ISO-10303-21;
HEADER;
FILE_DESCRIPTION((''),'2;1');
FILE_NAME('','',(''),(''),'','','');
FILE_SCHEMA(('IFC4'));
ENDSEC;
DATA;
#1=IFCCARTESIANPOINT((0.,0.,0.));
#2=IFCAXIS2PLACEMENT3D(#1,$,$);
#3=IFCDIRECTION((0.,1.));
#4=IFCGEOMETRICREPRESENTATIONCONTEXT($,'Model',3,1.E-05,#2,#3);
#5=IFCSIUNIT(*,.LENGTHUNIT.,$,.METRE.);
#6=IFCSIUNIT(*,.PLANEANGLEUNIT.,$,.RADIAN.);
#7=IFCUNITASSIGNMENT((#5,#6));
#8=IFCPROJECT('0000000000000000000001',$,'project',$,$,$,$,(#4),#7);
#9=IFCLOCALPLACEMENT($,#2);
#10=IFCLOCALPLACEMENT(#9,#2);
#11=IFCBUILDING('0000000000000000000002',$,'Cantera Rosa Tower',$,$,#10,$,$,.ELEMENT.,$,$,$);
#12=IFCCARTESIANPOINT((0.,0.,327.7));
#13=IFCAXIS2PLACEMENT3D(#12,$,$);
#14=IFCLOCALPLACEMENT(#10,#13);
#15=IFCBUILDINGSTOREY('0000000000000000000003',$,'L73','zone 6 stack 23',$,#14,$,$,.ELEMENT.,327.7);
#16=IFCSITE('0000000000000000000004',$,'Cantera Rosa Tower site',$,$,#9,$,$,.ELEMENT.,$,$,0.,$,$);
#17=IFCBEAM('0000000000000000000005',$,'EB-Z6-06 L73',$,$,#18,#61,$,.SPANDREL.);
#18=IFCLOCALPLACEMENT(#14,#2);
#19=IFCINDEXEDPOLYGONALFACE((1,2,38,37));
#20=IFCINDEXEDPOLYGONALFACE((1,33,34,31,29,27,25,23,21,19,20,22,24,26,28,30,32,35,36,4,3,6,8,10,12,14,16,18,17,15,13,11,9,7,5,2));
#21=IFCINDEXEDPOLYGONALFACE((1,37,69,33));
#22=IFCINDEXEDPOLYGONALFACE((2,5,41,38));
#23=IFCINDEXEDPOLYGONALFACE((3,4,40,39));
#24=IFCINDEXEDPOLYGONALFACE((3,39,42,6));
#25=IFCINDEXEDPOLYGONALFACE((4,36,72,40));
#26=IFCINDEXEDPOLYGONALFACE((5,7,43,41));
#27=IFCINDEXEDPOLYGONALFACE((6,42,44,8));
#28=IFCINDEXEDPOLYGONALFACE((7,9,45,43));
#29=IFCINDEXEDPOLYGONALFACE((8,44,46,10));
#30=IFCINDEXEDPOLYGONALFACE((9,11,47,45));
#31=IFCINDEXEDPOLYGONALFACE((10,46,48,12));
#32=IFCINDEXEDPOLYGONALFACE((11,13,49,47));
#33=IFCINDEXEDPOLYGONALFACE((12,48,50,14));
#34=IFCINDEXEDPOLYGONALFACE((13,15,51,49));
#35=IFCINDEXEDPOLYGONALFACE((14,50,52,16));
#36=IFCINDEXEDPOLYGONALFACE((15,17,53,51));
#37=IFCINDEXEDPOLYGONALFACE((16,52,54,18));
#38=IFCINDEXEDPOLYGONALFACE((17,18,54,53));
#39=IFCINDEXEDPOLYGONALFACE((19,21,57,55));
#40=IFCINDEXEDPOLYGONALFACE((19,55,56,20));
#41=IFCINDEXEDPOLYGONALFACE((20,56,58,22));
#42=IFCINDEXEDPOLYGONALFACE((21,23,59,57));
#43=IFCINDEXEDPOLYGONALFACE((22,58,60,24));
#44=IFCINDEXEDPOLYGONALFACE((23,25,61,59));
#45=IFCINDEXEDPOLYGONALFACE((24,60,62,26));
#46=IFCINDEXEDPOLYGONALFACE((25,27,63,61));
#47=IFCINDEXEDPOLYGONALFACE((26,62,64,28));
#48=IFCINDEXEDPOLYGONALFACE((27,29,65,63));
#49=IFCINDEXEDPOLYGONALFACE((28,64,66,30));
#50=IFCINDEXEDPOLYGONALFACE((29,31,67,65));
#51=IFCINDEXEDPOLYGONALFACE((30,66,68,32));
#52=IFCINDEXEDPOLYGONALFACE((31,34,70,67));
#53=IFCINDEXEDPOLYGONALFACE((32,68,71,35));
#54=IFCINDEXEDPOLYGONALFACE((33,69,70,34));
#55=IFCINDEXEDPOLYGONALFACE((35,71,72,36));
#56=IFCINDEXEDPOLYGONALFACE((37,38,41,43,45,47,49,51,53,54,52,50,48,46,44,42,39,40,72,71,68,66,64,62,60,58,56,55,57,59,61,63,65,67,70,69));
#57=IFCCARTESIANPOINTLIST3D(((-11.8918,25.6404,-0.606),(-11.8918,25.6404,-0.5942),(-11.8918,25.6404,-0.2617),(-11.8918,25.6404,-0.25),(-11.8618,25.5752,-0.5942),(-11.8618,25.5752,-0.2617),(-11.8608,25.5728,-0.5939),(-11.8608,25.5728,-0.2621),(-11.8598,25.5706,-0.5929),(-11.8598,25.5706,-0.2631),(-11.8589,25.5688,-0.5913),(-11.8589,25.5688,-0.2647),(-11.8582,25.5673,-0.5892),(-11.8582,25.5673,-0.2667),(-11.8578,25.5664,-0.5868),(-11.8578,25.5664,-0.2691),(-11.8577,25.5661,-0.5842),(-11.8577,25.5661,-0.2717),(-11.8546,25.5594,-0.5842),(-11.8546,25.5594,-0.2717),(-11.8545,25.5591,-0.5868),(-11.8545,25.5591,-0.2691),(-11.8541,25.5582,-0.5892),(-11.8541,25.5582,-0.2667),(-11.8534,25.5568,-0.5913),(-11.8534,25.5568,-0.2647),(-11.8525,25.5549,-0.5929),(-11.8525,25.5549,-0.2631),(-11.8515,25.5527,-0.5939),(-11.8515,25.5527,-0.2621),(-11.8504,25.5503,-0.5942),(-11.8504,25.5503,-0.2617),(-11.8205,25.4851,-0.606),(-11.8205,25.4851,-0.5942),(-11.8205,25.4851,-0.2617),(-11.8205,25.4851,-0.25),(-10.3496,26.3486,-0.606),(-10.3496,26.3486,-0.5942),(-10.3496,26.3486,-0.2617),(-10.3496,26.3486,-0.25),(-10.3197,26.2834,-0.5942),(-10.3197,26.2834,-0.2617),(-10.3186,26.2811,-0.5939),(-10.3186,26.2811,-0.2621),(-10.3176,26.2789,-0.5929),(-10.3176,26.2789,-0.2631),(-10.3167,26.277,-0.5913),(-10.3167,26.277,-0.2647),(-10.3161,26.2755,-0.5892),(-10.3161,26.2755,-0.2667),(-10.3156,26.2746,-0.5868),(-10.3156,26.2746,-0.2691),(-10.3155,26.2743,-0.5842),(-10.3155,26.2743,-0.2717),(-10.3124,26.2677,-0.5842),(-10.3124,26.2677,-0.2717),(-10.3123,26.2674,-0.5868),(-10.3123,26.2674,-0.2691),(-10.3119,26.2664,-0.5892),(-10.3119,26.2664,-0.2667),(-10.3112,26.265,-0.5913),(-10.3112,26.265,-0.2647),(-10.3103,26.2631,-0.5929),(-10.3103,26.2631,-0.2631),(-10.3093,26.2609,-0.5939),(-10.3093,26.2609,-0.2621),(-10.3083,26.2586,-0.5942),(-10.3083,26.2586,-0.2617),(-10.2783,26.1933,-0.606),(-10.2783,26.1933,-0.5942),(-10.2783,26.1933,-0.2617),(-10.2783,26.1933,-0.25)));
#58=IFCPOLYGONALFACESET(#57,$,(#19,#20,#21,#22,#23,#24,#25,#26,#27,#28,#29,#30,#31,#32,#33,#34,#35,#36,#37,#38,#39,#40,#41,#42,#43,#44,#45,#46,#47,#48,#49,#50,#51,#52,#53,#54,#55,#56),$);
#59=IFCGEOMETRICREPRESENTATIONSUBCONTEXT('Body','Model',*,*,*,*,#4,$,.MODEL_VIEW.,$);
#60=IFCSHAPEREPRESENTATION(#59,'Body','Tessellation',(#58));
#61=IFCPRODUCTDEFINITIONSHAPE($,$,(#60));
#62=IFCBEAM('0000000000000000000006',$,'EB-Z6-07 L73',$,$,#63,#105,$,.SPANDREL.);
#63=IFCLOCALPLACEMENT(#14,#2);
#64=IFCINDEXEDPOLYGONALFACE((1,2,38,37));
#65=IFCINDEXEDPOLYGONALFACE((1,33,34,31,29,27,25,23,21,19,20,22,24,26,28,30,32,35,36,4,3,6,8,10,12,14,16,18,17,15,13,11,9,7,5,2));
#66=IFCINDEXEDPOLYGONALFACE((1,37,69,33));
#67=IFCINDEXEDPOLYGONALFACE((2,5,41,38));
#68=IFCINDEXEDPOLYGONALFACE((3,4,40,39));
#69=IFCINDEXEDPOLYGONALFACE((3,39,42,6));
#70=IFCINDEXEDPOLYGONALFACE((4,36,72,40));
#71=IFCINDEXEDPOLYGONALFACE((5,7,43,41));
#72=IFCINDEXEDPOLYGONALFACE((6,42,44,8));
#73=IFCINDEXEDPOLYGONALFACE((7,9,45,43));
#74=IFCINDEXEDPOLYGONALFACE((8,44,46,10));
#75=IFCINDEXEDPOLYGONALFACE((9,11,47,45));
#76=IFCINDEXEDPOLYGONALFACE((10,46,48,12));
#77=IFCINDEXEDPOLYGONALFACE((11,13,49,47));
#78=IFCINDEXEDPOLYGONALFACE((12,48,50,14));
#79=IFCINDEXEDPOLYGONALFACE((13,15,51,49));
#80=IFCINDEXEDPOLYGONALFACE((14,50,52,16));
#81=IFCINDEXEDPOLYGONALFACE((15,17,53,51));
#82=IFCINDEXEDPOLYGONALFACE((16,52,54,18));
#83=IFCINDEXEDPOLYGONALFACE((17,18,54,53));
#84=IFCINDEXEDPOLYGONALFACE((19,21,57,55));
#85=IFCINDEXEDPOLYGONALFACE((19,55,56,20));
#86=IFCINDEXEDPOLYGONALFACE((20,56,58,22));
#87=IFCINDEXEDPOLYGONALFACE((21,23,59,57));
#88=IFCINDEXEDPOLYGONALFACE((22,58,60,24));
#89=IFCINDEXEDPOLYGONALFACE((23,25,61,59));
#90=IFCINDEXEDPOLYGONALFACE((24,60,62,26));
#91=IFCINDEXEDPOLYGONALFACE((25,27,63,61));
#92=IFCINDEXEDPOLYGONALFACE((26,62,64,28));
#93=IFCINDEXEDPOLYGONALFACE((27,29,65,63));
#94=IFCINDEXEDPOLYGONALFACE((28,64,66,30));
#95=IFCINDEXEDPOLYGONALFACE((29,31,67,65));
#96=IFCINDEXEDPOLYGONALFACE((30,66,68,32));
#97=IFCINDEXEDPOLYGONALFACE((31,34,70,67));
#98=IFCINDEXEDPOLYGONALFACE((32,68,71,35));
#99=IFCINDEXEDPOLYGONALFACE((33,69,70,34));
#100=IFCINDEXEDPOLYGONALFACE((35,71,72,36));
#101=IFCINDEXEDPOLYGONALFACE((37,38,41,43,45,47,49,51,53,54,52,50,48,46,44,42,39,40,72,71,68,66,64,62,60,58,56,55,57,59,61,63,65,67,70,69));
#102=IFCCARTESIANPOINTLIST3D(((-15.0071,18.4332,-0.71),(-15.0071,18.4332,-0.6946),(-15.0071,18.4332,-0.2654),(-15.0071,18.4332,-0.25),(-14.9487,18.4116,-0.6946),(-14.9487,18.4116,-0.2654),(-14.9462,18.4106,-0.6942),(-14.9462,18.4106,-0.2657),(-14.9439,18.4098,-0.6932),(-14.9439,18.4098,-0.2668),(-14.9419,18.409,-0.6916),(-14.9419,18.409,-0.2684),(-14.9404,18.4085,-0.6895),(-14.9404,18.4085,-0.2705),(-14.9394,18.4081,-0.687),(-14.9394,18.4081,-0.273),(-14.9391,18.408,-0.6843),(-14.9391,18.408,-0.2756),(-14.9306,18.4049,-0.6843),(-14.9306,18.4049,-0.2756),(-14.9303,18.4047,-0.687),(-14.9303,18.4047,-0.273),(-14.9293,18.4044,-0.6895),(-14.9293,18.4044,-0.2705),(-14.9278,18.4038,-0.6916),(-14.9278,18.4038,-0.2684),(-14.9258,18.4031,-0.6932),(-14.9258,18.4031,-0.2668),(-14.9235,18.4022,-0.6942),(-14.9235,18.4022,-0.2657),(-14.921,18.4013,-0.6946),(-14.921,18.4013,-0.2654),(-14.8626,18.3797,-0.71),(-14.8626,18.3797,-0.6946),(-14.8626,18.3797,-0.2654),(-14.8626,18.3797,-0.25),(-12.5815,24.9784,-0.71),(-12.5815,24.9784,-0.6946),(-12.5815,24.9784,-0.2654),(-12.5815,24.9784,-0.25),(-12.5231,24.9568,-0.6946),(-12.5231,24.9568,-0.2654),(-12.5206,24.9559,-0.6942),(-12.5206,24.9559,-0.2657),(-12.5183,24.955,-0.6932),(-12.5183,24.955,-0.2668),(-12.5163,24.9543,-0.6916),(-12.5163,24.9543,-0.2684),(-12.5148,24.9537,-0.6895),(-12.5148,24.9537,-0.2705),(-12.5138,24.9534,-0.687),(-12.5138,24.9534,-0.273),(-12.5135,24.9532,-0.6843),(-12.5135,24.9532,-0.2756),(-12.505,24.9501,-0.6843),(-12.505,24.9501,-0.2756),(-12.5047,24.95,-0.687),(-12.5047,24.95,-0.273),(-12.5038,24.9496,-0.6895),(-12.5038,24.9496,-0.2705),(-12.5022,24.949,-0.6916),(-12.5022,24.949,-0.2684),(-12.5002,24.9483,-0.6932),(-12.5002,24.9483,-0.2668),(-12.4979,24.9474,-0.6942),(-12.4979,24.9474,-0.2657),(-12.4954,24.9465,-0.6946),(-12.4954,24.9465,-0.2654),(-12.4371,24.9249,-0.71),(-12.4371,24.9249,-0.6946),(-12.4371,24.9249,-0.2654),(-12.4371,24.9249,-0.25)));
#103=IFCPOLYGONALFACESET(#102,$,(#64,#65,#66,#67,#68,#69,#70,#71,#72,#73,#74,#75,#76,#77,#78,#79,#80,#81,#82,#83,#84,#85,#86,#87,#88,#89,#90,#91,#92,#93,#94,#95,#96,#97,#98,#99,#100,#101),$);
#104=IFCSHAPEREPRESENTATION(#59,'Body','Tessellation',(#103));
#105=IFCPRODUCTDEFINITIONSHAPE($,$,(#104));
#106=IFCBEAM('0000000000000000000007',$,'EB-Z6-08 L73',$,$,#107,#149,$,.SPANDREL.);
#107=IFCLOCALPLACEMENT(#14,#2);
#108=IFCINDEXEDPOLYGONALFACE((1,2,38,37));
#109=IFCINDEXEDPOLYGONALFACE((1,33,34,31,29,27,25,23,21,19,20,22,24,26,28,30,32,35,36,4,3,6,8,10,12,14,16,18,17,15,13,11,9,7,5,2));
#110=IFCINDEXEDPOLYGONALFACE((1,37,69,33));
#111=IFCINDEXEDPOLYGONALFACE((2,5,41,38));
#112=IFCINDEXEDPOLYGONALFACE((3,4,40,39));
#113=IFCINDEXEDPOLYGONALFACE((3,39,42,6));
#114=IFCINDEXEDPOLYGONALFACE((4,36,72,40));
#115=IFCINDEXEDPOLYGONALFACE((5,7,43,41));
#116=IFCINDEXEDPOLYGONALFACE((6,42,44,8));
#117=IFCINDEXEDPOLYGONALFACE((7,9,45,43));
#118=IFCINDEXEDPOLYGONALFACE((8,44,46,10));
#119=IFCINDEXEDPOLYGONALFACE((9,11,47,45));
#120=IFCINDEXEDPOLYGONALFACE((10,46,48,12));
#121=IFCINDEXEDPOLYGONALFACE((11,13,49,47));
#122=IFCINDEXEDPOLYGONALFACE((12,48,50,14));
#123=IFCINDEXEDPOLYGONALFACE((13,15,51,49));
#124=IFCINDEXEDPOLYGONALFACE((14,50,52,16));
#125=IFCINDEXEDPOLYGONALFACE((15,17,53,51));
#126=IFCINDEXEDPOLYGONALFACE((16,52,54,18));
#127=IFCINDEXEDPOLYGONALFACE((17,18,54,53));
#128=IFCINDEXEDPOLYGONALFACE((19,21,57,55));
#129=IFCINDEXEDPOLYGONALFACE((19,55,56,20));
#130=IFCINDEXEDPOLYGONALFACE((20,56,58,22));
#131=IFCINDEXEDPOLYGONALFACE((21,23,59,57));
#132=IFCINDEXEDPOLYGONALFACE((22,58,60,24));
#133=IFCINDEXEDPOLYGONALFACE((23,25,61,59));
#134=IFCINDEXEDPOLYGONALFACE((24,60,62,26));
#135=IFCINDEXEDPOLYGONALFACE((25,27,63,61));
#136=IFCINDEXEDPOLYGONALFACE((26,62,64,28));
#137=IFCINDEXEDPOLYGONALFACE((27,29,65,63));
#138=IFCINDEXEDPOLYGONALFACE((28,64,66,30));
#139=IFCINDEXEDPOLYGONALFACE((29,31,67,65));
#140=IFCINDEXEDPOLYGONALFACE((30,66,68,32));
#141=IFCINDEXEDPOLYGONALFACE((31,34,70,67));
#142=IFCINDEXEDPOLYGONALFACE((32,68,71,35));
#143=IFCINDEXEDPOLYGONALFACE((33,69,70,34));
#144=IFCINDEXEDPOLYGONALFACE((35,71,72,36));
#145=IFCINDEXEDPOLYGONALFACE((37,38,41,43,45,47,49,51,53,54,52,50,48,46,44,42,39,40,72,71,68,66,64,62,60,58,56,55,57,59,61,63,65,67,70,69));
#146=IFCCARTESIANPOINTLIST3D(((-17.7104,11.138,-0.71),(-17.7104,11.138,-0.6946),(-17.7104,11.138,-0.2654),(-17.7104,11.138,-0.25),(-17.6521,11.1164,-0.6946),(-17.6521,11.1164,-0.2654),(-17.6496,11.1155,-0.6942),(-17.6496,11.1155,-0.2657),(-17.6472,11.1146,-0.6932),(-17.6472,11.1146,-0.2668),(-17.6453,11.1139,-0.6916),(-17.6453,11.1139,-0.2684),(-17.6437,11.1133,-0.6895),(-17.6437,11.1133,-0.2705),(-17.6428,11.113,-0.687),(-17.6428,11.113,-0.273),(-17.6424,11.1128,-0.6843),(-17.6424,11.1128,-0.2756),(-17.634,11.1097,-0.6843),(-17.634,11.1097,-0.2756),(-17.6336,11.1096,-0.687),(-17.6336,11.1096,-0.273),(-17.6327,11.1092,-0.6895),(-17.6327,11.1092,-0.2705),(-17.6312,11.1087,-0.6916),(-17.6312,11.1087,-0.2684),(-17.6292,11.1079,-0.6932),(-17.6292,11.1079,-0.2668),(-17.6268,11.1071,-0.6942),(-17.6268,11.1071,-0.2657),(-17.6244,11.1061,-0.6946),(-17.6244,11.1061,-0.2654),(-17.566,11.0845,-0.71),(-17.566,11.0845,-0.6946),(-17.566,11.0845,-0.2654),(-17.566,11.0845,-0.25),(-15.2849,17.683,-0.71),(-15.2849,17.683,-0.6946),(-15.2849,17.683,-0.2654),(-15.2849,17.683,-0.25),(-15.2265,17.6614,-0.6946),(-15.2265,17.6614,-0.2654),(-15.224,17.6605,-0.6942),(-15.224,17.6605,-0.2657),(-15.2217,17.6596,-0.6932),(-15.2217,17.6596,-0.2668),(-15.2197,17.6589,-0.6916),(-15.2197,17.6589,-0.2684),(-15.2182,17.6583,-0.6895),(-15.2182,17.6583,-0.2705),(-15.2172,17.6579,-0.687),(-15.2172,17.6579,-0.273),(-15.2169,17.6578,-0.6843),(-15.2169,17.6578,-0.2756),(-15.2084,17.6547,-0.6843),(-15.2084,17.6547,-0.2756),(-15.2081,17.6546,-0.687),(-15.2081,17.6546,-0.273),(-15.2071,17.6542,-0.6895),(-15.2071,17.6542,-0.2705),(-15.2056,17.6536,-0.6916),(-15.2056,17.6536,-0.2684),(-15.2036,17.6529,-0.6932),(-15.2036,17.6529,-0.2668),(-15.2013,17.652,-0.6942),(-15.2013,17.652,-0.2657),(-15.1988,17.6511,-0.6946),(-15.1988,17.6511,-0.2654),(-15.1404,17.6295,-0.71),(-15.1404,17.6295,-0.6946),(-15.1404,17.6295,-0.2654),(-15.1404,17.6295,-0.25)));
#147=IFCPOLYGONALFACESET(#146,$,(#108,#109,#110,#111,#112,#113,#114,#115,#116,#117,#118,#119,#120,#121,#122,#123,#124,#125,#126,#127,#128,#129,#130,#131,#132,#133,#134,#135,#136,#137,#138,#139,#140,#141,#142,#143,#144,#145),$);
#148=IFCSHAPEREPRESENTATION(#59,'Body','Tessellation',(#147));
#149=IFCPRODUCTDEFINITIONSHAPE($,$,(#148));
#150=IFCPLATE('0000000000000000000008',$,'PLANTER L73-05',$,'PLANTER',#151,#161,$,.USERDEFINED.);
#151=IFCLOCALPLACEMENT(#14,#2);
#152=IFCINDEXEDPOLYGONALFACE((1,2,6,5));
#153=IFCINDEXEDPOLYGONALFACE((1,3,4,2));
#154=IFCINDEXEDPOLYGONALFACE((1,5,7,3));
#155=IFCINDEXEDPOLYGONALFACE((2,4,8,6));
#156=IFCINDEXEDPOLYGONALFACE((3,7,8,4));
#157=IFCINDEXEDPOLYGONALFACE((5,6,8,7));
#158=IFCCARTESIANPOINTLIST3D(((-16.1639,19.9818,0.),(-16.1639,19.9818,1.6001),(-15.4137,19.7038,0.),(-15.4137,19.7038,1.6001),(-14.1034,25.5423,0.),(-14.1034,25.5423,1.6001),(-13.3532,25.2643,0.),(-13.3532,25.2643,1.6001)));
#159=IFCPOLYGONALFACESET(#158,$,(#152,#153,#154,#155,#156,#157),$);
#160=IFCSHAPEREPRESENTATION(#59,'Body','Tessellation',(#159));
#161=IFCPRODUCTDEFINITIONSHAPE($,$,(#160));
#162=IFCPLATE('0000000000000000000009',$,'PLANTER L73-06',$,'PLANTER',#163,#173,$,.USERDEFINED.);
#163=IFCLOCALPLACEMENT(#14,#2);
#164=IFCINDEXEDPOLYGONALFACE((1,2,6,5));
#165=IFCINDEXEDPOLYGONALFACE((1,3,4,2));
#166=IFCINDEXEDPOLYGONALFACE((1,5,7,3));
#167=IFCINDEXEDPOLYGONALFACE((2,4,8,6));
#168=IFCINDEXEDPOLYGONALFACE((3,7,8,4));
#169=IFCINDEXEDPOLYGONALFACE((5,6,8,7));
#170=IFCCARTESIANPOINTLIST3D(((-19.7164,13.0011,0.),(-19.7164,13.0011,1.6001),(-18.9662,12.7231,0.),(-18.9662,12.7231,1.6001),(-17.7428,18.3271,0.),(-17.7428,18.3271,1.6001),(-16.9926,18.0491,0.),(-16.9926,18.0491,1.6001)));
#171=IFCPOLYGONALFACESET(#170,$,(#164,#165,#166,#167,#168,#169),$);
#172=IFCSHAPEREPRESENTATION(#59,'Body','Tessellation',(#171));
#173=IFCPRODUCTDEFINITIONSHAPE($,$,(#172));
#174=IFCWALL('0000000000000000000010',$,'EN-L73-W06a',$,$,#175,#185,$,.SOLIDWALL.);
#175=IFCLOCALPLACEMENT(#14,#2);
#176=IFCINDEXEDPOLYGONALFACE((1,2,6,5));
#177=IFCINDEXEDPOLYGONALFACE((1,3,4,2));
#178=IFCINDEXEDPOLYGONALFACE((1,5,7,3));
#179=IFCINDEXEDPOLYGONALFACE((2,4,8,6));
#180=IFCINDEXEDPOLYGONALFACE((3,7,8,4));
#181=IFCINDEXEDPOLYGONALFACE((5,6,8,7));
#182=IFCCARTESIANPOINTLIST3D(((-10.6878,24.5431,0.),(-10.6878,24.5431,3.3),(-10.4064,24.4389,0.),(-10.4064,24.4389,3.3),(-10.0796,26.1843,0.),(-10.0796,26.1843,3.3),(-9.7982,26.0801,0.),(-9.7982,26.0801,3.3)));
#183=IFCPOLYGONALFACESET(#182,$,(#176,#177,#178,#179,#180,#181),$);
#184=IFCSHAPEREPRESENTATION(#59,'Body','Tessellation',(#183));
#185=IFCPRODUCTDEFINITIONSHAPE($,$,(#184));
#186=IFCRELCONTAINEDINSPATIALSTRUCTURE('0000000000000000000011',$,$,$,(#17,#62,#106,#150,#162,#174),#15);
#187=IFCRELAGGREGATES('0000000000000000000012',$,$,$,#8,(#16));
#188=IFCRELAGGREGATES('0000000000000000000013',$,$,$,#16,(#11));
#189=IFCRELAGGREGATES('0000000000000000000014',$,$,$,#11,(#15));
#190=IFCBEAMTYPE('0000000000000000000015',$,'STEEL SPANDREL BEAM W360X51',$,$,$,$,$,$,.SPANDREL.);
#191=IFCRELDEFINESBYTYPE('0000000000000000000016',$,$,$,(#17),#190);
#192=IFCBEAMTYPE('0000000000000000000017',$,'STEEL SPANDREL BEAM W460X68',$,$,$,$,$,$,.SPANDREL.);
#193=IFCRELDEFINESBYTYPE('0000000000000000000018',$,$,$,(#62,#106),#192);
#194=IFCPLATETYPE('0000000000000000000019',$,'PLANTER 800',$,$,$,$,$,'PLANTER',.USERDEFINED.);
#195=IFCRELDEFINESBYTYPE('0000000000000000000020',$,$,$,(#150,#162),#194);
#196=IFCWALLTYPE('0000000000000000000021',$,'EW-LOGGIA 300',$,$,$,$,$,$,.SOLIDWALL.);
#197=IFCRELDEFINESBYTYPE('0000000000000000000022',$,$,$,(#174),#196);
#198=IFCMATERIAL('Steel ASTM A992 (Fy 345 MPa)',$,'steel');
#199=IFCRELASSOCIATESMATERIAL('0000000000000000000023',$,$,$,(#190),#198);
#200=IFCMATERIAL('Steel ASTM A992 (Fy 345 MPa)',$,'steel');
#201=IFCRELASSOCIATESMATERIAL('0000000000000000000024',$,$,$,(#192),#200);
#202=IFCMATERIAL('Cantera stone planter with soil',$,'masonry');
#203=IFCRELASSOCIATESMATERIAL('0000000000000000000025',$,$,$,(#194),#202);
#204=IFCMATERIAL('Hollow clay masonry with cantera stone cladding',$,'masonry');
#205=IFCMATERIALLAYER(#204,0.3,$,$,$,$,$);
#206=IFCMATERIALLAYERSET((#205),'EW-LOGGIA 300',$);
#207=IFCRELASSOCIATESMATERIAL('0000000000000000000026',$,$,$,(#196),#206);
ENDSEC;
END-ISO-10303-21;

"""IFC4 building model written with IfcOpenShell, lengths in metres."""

from ifc_helpers import new_model, si_unit, direction, frame, frame_2d, origin, origin_2d, place, context, subcontext, project, spatial, rectangle, i_section, extrude, material, layer, layer_set, material_profile, profile_set, type_object, element, save


model = new_model("IFC4")

# Units and contexts
model_context = context("Model", 3, precision=1e-05, world=origin(), true_north=direction((0.0, 1.0)))
body_context = subcontext(model_context, "Body", "Model", "MODEL_VIEW")
ifc_project = project(units=[si_unit("LENGTHUNIT", "METRE"), si_unit("PLANEANGLEUNIT", "RADIAN")], contexts=[model_context])

# Site, building, storey
site_placement = place(None, origin())
site = spatial("IfcSite", under=ifc_project, at=site_placement, Name="Cantera Rosa Tower site", CompositionType="ELEMENT", RefElevation=0.0)
building_placement = place(site_placement, origin())
building = spatial("IfcBuilding", under=site, at=building_placement, Name="Cantera Rosa Tower", CompositionType="ELEMENT")
storey_placement = place(building_placement, frame((0.0, 0.0, 327.7)))
storey = spatial("IfcBuildingStorey", under=building, at=storey_placement, Name="L73", Description="zone 6 stack 23", CompositionType="ELEMENT", Elevation=327.7)

# Beams
ifc_material_1 = material(Name="Steel ASTM A992 (Fy 345 MPa)", Category="steel")
ifc_material_profile_1 = material_profile(ifc_material_1, i_section(OverallWidth=0.1709, OverallDepth=0.356, WebThickness=0.0073, FlangeThickness=0.0117, FilletRadius=0.01, at=origin_2d()), Name="W360X51")
ifc_profile_set_1 = profile_set([ifc_material_profile_1], Name="Steel ASTM A992 (Fy 345 MPa)")
beam_type_1 = type_object("IfcBeamType", Name="STEEL SPANDREL BEAM W360X51", PredefinedType="SPANDREL", material=ifc_profile_set_1)
beam_1_placement = place(storey_placement, frame((-10.314, 26.271, -0.428), z_axis=(-0.908754, -0.417333, 0.0), x_axis=(0.417333, -0.908754, 0.0)))
element("IfcBeam", 1, at=beam_1_placement, inside=storey, type_object=beam_type_1, Name="EB-Z6-06 L73", PredefinedType="SPANDREL", context=body_context, shape_type="SweptSolid", body=[
    extrude(i_section(OverallWidth=0.1709, OverallDepth=0.356, WebThickness=0.0073, FlangeThickness=0.0117, FilletRadius=0.01, at=origin_2d()), origin(), (0.0, 0.0, 1.0), 1.697),
])
ifc_material_2 = material(Name="Steel ASTM A992 (Fy 345 MPa)", Category="steel")
ifc_material_profile_2 = material_profile(ifc_material_2, i_section(OverallWidth=0.1541, OverallDepth=0.46, WebThickness=0.009, FlangeThickness=0.0154, FilletRadius=0.0103, at=origin_2d()), Name="W460X68")
ifc_profile_set_2 = profile_set([ifc_material_profile_2], Name="Steel ASTM A992 (Fy 345 MPa)")
beam_type_2 = type_object("IfcBeamType", Name="STEEL SPANDREL BEAM W460X68", PredefinedType="SPANDREL", material=ifc_profile_set_2)
beam_2_placement = place(storey_placement, frame((-12.5093, 24.9517, -0.48), z_axis=(-0.347491, -0.937683, 0.0), x_axis=(0.937683, -0.347491, 0.0)))
element("IfcBeam", 2, at=beam_2_placement, inside=storey, type_object=beam_type_2, Name="EB-Z6-07 L73", PredefinedType="SPANDREL", context=body_context, shape_type="SweptSolid", body=[
    extrude(i_section(OverallWidth=0.1541, OverallDepth=0.46, WebThickness=0.009, FlangeThickness=0.0154, FilletRadius=0.0103, at=origin_2d()), origin(), (0.0, 0.0, 1.0), 6.9802),
])
beam_3_placement = place(storey_placement, frame((-15.2126, 17.6562, -0.48), z_axis=(-0.347502, -0.937679, 0.0), x_axis=(0.937679, -0.347502, 0.0)))
element("IfcBeam", 3, at=beam_3_placement, inside=storey, type_object=beam_type_2, Name="EB-Z6-08 L73", PredefinedType="SPANDREL", context=body_context, shape_type="SweptSolid", body=[
    extrude(i_section(OverallWidth=0.1541, OverallDepth=0.46, WebThickness=0.009, FlangeThickness=0.0154, FilletRadius=0.0103, at=origin_2d()), origin(), (0.0, 0.0, 1.0), 6.98),
])

# Plates
ifc_material_3 = material(Name="Cantera stone planter with soil", Category="masonry")
plate_type = type_object("IfcPlateType", Name="PLANTER 800", ElementType="PLANTER", PredefinedType="USERDEFINED", material=ifc_material_3)
plate_1_placement = place(storey_placement, frame((-14.7585, 22.623, 0.0), z_axis=(0.0, 0.0, 1.0), x_axis=(-0.347481, -0.937687, 0.0)))
element("IfcPlate", 4, at=plate_1_placement, inside=storey, type_object=plate_type, Name="PLANTER L73-05", ObjectType="PLANTER", PredefinedType="USERDEFINED", context=body_context, shape_type="SweptSolid", body=[
    extrude(rectangle(XDim=5.9299, YDim=0.8, at=origin_2d()), origin(), (0.0, 0.0, 1.0), 1.6001),
])
plate_2_placement = place(storey_placement, frame((-18.3545, 15.5251, 0.0), z_axis=(0.0, 0.0, 1.0), x_axis=(-0.347481, -0.937687, 0.0)))
element("IfcPlate", 5, at=plate_2_placement, inside=storey, type_object=plate_type, Name="PLANTER L73-06", ObjectType="PLANTER", PredefinedType="USERDEFINED", context=body_context, shape_type="SweptSolid", body=[
    extrude(rectangle(XDim=5.6799, YDim=0.8, at=origin_2d()), origin(), (0.0, 0.0, 1.0), 1.6001),
])

# Wall
ifc_material_4 = material(Name="Hollow clay masonry with cantera stone cladding", Category="masonry")
ifc_layer_1 = layer(ifc_material_4, 0.3)
ifc_layer_set_1 = layer_set([ifc_layer_1], Name="EW-LOGGIA 300")
wall_type_1 = type_object("IfcWallType", Name="EW-LOGGIA 300", PredefinedType="SOLIDWALL", material=ifc_layer_set_1)
wall_1_placement = place(storey_placement, frame((-9.939, 26.1321, 0.0), z_axis=(0.0, 0.0, 1.0), x_axis=(-0.347482, -0.937686, 0.0)))
element("IfcWall", 6, at=wall_1_placement, inside=storey, type_object=wall_type_1, Name="EN-L73-W06a", PredefinedType="SOLIDWALL", context=body_context, shape_type="SweptSolid", body=[
    extrude(rectangle(XDim=1.7502, YDim=0.3, at=frame_2d((0.875, 0.0))), origin(), (0.0, 0.0, 1.0), 3.3),
])

save(model, "model.ifc")
